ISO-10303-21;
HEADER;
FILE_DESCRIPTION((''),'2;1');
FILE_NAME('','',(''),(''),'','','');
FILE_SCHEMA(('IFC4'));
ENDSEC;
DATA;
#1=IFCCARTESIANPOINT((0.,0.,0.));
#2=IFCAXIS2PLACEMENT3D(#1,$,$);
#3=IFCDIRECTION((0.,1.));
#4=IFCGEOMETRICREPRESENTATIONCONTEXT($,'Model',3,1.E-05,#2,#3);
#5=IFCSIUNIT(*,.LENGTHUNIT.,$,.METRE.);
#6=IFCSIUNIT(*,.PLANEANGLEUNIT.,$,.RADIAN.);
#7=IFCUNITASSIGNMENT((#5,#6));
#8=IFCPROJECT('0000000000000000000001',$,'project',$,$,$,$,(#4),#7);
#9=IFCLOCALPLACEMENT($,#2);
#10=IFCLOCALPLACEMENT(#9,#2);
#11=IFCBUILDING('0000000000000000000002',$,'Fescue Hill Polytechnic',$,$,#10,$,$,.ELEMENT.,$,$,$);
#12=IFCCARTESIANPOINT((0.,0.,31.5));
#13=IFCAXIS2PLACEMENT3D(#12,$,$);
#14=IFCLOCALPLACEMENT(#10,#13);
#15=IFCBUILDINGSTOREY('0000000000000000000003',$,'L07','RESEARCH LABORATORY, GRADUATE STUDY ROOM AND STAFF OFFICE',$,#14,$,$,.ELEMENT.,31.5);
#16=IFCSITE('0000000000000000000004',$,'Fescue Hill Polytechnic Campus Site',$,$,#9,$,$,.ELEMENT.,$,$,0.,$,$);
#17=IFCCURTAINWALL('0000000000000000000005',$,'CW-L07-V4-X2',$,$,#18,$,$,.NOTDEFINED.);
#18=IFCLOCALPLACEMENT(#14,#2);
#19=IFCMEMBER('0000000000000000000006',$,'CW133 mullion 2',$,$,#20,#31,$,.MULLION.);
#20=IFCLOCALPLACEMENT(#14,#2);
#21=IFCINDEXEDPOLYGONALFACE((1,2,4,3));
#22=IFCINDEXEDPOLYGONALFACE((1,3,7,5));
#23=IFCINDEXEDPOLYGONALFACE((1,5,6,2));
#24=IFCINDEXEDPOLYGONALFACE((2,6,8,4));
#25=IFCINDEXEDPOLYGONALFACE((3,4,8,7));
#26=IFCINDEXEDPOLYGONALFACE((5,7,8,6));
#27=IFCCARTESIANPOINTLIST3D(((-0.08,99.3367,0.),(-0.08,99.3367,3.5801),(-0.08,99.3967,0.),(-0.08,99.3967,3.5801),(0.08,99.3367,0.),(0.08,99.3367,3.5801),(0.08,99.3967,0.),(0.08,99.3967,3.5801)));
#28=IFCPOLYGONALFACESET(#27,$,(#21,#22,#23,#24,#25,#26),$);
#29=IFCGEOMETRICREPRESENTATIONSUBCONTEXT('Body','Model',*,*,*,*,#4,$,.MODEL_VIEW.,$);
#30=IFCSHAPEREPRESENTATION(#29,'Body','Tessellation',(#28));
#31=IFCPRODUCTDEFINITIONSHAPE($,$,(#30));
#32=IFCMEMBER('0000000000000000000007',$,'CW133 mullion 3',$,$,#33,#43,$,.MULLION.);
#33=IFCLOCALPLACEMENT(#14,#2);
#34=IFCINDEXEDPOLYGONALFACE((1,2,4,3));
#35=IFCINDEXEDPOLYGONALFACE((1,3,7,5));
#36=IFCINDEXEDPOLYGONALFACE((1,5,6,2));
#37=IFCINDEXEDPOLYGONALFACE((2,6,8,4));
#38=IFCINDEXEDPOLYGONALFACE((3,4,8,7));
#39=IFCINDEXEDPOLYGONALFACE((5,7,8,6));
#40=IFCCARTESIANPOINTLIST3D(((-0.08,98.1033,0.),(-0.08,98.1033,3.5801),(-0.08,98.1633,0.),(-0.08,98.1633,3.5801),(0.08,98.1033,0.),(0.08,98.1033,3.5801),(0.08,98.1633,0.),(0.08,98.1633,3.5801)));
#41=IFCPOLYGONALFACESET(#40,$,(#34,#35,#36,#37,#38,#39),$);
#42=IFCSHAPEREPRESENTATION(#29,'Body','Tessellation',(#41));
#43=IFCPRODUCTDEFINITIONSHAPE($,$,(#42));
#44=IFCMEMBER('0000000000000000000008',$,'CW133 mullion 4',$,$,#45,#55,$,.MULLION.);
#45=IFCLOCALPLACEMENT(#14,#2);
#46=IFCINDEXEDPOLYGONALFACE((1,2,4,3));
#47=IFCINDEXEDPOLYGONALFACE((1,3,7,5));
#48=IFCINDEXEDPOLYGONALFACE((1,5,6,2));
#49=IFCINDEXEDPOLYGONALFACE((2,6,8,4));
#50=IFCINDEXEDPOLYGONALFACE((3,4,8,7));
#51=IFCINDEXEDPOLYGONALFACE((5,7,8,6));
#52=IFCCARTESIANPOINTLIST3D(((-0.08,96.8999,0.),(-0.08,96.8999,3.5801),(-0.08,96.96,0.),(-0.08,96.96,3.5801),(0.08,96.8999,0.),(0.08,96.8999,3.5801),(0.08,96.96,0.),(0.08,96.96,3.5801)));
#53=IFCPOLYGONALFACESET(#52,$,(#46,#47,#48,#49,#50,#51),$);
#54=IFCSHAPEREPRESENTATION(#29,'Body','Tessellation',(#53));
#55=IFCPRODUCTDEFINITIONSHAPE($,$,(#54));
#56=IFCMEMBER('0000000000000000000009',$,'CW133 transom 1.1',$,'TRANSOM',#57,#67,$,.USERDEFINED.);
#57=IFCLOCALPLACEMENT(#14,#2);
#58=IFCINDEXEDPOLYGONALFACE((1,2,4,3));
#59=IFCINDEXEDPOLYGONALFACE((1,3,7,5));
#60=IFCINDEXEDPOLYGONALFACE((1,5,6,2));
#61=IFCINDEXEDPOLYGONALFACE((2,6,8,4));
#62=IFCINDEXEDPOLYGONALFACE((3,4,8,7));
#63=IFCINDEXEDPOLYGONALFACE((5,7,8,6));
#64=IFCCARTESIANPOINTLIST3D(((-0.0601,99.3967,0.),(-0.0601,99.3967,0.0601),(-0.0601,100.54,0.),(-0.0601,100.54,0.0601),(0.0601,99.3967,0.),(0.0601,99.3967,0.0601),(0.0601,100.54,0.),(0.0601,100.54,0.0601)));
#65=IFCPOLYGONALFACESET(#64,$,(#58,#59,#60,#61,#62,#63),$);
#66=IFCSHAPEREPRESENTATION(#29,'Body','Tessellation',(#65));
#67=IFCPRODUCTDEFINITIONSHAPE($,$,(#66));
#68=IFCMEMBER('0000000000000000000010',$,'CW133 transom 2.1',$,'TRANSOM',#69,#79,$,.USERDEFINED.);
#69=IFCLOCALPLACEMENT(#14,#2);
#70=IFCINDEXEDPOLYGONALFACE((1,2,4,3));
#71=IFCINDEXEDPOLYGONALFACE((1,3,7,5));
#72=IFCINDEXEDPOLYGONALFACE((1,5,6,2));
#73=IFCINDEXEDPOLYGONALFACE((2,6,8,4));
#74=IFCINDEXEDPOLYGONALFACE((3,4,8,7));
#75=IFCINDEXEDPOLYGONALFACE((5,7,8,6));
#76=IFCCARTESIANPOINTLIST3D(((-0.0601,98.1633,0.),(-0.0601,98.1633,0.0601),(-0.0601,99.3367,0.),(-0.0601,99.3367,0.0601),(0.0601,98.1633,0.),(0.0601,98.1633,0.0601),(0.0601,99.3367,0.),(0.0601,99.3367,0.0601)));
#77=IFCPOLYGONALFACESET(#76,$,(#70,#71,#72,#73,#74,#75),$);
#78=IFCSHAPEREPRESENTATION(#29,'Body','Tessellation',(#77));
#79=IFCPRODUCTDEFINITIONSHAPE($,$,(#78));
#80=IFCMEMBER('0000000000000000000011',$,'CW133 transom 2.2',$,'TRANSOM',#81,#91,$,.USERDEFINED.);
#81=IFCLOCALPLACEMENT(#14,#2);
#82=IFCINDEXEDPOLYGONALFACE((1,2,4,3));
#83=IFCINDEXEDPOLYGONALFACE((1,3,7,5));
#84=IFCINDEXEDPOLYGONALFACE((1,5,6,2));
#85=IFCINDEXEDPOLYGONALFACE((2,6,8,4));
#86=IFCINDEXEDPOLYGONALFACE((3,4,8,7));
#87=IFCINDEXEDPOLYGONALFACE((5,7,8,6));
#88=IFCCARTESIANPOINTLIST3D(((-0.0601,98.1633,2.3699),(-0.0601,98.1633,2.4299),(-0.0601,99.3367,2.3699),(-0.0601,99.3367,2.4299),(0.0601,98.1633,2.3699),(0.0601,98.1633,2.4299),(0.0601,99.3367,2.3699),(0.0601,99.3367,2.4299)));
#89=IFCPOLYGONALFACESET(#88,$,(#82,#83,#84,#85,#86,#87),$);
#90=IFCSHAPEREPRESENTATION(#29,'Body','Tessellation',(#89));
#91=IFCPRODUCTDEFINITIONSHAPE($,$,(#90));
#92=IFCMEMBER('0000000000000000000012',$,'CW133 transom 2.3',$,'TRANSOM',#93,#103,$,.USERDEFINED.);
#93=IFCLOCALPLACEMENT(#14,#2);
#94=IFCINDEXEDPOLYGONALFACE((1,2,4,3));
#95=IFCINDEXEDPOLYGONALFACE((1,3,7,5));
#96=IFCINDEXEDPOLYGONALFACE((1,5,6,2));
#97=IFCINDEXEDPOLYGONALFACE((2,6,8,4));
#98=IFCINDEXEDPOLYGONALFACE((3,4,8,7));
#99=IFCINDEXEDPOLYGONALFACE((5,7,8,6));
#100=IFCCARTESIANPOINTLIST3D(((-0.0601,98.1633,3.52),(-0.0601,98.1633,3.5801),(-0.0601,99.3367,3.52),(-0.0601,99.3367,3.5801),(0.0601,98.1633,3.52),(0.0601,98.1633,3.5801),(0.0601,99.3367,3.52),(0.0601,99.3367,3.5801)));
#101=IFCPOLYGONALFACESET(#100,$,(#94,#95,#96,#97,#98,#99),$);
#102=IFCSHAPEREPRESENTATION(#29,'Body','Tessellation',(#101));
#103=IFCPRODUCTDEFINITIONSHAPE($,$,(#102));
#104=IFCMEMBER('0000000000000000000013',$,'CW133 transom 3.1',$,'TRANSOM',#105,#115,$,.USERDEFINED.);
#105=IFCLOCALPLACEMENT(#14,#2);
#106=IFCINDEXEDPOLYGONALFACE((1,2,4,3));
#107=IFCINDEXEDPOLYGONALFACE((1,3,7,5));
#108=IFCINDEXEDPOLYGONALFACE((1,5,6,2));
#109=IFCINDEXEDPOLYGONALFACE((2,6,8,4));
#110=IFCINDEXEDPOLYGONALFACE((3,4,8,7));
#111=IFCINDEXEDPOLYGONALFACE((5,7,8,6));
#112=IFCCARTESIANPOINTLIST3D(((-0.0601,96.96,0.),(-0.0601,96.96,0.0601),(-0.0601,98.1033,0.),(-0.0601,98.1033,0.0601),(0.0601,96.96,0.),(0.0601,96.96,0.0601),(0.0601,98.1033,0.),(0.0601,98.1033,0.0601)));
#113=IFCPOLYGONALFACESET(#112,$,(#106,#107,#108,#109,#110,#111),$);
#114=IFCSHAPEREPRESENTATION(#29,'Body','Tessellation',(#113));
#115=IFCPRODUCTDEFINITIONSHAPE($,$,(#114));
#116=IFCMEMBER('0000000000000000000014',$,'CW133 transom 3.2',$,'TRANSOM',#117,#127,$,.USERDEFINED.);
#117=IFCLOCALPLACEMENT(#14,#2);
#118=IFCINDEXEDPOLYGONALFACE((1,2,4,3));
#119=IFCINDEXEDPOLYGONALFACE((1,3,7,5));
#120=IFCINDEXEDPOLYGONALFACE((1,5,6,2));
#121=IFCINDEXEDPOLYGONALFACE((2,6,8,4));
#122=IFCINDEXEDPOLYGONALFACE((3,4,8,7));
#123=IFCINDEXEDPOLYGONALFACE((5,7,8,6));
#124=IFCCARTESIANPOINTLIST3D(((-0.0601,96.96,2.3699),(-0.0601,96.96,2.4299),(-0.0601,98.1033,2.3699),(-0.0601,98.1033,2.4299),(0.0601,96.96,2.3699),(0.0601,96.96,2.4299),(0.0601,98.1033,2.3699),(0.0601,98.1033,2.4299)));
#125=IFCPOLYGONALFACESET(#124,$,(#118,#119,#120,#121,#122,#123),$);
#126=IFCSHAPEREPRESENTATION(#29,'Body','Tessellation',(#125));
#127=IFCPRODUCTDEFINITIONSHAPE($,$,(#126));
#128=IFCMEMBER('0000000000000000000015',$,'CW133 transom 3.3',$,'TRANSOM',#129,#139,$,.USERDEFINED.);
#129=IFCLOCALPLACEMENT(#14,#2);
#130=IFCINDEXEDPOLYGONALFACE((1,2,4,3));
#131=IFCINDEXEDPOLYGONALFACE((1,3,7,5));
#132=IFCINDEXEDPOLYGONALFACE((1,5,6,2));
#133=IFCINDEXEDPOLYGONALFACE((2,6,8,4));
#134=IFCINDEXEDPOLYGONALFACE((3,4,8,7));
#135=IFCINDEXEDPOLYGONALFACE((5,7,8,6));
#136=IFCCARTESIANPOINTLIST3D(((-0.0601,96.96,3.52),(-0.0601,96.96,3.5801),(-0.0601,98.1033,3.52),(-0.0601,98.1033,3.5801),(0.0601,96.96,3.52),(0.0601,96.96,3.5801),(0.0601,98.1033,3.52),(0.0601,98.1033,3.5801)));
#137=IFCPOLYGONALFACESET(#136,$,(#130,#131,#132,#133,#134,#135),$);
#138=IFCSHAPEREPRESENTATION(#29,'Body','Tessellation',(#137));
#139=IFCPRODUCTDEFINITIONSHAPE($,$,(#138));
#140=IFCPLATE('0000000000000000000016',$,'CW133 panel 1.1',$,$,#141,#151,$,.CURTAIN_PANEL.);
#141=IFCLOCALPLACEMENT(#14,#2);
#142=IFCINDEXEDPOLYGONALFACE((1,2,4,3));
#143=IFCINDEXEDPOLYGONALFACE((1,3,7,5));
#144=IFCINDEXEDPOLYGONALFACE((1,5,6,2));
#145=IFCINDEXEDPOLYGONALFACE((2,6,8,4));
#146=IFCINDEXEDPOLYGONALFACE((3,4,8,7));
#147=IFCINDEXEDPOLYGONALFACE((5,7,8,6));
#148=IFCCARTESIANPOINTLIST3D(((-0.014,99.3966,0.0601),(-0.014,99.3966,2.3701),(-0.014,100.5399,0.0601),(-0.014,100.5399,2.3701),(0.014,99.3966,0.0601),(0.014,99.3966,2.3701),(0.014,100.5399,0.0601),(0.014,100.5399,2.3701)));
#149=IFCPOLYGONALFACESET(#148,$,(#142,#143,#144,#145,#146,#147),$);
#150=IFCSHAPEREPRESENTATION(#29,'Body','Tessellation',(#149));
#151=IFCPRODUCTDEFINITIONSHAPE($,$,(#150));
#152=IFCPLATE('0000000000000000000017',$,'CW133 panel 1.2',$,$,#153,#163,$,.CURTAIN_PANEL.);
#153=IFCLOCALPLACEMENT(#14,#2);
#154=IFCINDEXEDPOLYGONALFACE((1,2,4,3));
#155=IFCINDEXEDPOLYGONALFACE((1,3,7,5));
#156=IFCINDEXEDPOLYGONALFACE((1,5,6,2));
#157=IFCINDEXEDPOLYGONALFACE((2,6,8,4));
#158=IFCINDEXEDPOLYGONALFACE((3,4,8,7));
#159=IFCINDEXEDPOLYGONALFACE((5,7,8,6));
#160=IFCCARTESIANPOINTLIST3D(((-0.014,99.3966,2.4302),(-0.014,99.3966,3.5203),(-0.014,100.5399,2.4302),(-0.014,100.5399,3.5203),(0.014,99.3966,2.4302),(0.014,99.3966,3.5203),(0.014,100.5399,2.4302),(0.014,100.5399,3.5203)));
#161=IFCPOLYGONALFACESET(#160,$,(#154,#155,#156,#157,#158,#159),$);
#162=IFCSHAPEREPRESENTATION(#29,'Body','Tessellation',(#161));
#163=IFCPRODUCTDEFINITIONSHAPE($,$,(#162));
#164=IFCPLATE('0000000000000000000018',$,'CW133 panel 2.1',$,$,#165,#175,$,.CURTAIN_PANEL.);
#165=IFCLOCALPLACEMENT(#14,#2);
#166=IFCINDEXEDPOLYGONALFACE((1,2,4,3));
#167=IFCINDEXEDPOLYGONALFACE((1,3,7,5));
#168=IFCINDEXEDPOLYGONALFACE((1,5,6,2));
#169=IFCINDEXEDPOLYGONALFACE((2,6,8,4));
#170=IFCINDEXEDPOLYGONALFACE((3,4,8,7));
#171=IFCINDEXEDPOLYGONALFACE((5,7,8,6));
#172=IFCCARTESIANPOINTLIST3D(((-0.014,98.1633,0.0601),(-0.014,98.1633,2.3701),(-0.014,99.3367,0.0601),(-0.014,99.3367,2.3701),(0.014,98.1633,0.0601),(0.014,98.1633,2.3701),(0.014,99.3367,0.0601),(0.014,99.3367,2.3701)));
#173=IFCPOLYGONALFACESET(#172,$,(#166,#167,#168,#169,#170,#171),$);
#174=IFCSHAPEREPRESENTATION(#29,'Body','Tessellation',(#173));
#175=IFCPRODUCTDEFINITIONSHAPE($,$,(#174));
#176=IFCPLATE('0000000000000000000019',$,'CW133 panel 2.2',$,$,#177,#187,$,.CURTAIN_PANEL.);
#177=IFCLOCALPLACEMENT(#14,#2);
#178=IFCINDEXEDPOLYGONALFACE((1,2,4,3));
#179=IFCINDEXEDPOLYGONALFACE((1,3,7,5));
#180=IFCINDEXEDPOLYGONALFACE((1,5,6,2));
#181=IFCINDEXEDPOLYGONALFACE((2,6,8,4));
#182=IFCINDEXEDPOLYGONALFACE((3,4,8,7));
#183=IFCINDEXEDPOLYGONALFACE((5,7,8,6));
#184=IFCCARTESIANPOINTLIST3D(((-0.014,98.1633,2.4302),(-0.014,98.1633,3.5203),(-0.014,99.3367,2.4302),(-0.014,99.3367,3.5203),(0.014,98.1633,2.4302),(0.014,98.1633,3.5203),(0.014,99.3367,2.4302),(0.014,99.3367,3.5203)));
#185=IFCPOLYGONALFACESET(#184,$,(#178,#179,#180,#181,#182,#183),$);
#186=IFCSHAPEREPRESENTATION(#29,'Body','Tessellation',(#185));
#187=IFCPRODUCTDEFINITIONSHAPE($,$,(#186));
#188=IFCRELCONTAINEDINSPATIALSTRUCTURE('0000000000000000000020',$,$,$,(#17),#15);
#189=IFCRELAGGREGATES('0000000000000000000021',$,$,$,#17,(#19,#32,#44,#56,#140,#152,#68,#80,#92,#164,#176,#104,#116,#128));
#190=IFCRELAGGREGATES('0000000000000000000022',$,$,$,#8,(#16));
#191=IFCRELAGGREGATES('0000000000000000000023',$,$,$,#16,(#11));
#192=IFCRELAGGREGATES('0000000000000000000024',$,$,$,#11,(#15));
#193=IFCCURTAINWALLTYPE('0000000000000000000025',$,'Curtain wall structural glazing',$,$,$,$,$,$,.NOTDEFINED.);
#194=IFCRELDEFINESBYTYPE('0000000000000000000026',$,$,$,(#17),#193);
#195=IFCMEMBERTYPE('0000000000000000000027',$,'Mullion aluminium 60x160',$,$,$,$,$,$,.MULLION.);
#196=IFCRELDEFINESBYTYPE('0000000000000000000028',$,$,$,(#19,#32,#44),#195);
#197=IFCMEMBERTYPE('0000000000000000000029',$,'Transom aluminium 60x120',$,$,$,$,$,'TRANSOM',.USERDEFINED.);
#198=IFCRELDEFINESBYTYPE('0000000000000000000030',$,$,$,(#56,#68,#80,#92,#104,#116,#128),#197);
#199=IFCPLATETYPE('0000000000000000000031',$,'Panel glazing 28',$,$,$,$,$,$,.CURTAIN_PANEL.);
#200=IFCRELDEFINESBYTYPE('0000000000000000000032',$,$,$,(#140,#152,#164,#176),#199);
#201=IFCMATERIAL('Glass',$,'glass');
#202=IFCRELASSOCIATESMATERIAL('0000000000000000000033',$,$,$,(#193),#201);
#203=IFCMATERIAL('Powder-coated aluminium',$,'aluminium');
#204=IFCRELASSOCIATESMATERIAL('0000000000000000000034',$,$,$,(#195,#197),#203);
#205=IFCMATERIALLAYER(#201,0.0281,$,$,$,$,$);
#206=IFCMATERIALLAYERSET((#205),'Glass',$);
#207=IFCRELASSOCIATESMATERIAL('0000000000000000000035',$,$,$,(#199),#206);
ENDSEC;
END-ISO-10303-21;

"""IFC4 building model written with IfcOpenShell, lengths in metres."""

from ifc_helpers import new_model, si_unit, direction, frame, origin, origin_2d, place, context, subcontext, project, spatial, rectangle, extrude, material, layer, layer_set, material_profile, profile_set, type_object, element, aggregate, save


model = new_model("IFC4")

# Units and contexts
model_context = context("Model", 3, precision=1e-05, world=origin(), true_north=direction((0.0, 1.0)))
body_context = subcontext(model_context, "Body", "Model", "MODEL_VIEW")
ifc_project = project(units=[si_unit("LENGTHUNIT", "METRE"), si_unit("PLANEANGLEUNIT", "RADIAN")], contexts=[model_context])

# Site, building, storey
site_placement = place(None, origin())
site = spatial("IfcSite", under=ifc_project, at=site_placement, Name="Fescue Hill Polytechnic Campus Site", CompositionType="ELEMENT", RefElevation=0.0)
building_placement = place(site_placement, origin())
building = spatial("IfcBuilding", under=site, at=building_placement, Name="Fescue Hill Polytechnic", CompositionType="ELEMENT")
storey_placement = place(building_placement, frame((0.0, 0.0, 31.5)))
storey = spatial("IfcBuildingStorey", under=building, at=storey_placement, Name="L07", Description="RESEARCH LABORATORY, GRADUATE STUDY ROOM AND STAFF OFFICE", CompositionType="ELEMENT", Elevation=31.5)

# Curtain wall, members, plates
ifc_material_1 = material(Name="Glass", Category="glass")
curtain_wall_type = type_object("IfcCurtainWallType", Name="Curtain wall structural glazing", PredefinedType="NOTDEFINED", material=ifc_material_1)
curtain_wall_placement = place(storey_placement, origin())
curtain_wall = element("IfcCurtainWall", 1, at=curtain_wall_placement, inside=storey, type_object=curtain_wall_type, Name="CW-L07-V4-X2", PredefinedType="NOTDEFINED")
ifc_material_2 = material(Name="Powder-coated aluminium", Category="aluminium")
ifc_material_profile_1 = material_profile(ifc_material_2, rectangle(XDim=0.1599, YDim=0.0601, at=origin_2d()), Name="Mullion aluminium 60x160")
ifc_profile_set_1 = profile_set([ifc_material_profile_1], Name="Powder-coated aluminium")
member_type_1 = type_object("IfcMemberType", Name="Mullion aluminium 60x160", PredefinedType="MULLION", material=ifc_profile_set_1)
member_1_placement = place(storey_placement, frame((0.0, 99.3667, 0.0), z_axis=(0.0, 0.0, 1.0), x_axis=(1.0, 0.0, 0.0)))
member_1 = element("IfcMember", 2, at=member_1_placement, type_object=member_type_1, Name="CW133 mullion 2", PredefinedType="MULLION", context=body_context, shape_type="SweptSolid", body=[
    extrude(rectangle(XDim=0.1599, YDim=0.0601, at=origin_2d()), origin(), (0.0, 0.0, 1.0), 3.5801),
])
member_2_placement = place(storey_placement, frame((0.0, 98.1333, 0.0), z_axis=(0.0, 0.0, 1.0), x_axis=(1.0, 0.0, 0.0)))
member_2 = element("IfcMember", 3, at=member_2_placement, type_object=member_type_1, Name="CW133 mullion 3", PredefinedType="MULLION", context=body_context, shape_type="SweptSolid", body=[
    extrude(rectangle(XDim=0.1599, YDim=0.0601, at=origin_2d()), origin(), (0.0, 0.0, 1.0), 3.5801),
])
member_3_placement = place(storey_placement, frame((0.0, 96.9299, 0.0), z_axis=(0.0, 0.0, 1.0), x_axis=(1.0, 0.0, 0.0)))
member_3 = element("IfcMember", 4, at=member_3_placement, type_object=member_type_1, Name="CW133 mullion 4", PredefinedType="MULLION", context=body_context, shape_type="SweptSolid", body=[
    extrude(rectangle(XDim=0.1599, YDim=0.0601, at=origin_2d()), origin(), (0.0, 0.0, 1.0), 3.5801),
])
ifc_material_profile_2 = material_profile(ifc_material_2, rectangle(XDim=0.1201, YDim=0.0601, at=origin_2d()), Name="Transom aluminium 60x120")
ifc_profile_set_2 = profile_set([ifc_material_profile_2], Name="Powder-coated aluminium")
member_type_2 = type_object("IfcMemberType", Name="Transom aluminium 60x120", ElementType="TRANSOM", PredefinedType="USERDEFINED", material=ifc_profile_set_2)
member_4_placement = place(storey_placement, frame((0.0, 100.54, 0.03), z_axis=(0.0, -1.0, 0.0), x_axis=(1.0, 0.0, 0.0)))
member_4 = element("IfcMember", 5, at=member_4_placement, type_object=member_type_2, Name="CW133 transom 1.1", ObjectType="TRANSOM", PredefinedType="USERDEFINED", context=body_context, shape_type="SweptSolid", body=[
    extrude(rectangle(XDim=0.1201, YDim=0.0601, at=origin_2d()), origin(), (0.0, 0.0, 1.0), 1.1433),
])
member_5_placement = place(storey_placement, frame((0.0, 99.3367, 0.03), z_axis=(0.0, -1.0, 0.0), x_axis=(1.0, 0.0, 0.0)))
member_5 = element("IfcMember", 6, at=member_5_placement, type_object=member_type_2, Name="CW133 transom 2.1", ObjectType="TRANSOM", PredefinedType="USERDEFINED", context=body_context, shape_type="SweptSolid", body=[
    extrude(rectangle(XDim=0.1201, YDim=0.0601, at=origin_2d()), origin(), (0.0, 0.0, 1.0), 1.1733),
])
member_6_placement = place(storey_placement, frame((0.0, 99.3367, 2.3999), z_axis=(0.0, -1.0, 0.0), x_axis=(1.0, 0.0, 0.0)))
member_6 = element("IfcMember", 7, at=member_6_placement, type_object=member_type_2, Name="CW133 transom 2.2", ObjectType="TRANSOM", PredefinedType="USERDEFINED", context=body_context, shape_type="SweptSolid", body=[
    extrude(rectangle(XDim=0.1201, YDim=0.0601, at=origin_2d()), origin(), (0.0, 0.0, 1.0), 1.1733),
])
member_7_placement = place(storey_placement, frame((0.0, 99.3367, 3.55), z_axis=(0.0, -1.0, 0.0), x_axis=(1.0, 0.0, 0.0)))
member_7 = element("IfcMember", 8, at=member_7_placement, type_object=member_type_2, Name="CW133 transom 2.3", ObjectType="TRANSOM", PredefinedType="USERDEFINED", context=body_context, shape_type="SweptSolid", body=[
    extrude(rectangle(XDim=0.1201, YDim=0.0601, at=origin_2d()), origin(), (0.0, 0.0, 1.0), 1.1733),
])
member_8_placement = place(storey_placement, frame((0.0, 98.1033, 0.03), z_axis=(0.0, -1.0, 0.0), x_axis=(1.0, 0.0, 0.0)))
member_8 = element("IfcMember", 9, at=member_8_placement, type_object=member_type_2, Name="CW133 transom 3.1", ObjectType="TRANSOM", PredefinedType="USERDEFINED", context=body_context, shape_type="SweptSolid", body=[
    extrude(rectangle(XDim=0.1201, YDim=0.0601, at=origin_2d()), origin(), (0.0, 0.0, 1.0), 1.1433),
])
member_9_placement = place(storey_placement, frame((0.0, 98.1033, 2.3999), z_axis=(0.0, -1.0, 0.0), x_axis=(1.0, 0.0, 0.0)))
member_9 = element("IfcMember", 10, at=member_9_placement, type_object=member_type_2, Name="CW133 transom 3.2", ObjectType="TRANSOM", PredefinedType="USERDEFINED", context=body_context, shape_type="SweptSolid", body=[
    extrude(rectangle(XDim=0.1201, YDim=0.0601, at=origin_2d()), origin(), (0.0, 0.0, 1.0), 1.1433),
])
member_10_placement = place(storey_placement, frame((0.0, 98.1033, 3.55), z_axis=(0.0, -1.0, 0.0), x_axis=(1.0, 0.0, 0.0)))
member_10 = element("IfcMember", 11, at=member_10_placement, type_object=member_type_2, Name="CW133 transom 3.3", ObjectType="TRANSOM", PredefinedType="USERDEFINED", context=body_context, shape_type="SweptSolid", body=[
    extrude(rectangle(XDim=0.1201, YDim=0.0601, at=origin_2d()), origin(), (0.0, 0.0, 1.0), 1.1433),
])
ifc_layer_1 = layer(ifc_material_1, 0.0281)
ifc_layer_set_1 = layer_set([ifc_layer_1], Name="Glass")
plate_type = type_object("IfcPlateType", Name="Panel glazing 28", PredefinedType="CURTAIN_PANEL", material=ifc_layer_set_1)
plate_1_placement = place(storey_placement, frame((0.0, 99.9683, 0.0601), z_axis=(0.0, 0.0, 1.0), x_axis=(0.0, -1.0, 0.0)))
plate_1 = element("IfcPlate", 12, at=plate_1_placement, type_object=plate_type, Name="CW133 panel 1.1", PredefinedType="CURTAIN_PANEL", context=body_context, shape_type="SweptSolid", body=[
    extrude(rectangle(XDim=1.1433, YDim=0.0281, at=origin_2d()), origin(), (0.0, 0.0, 1.0), 2.3101),
])
plate_2_placement = place(storey_placement, frame((0.0, 99.9683, 2.4302), z_axis=(0.0, 0.0, 1.0), x_axis=(0.0, -1.0, 0.0)))
plate_2 = element("IfcPlate", 13, at=plate_2_placement, type_object=plate_type, Name="CW133 panel 1.2", PredefinedType="CURTAIN_PANEL", context=body_context, shape_type="SweptSolid", body=[
    extrude(rectangle(XDim=1.1433, YDim=0.0281, at=origin_2d()), origin(), (0.0, 0.0, 1.0), 1.0901),
])
plate_3_placement = place(storey_placement, frame((0.0, 98.75, 0.0601), z_axis=(0.0, 0.0, 1.0), x_axis=(0.0, -1.0, 0.0)))
plate_3 = element("IfcPlate", 14, at=plate_3_placement, type_object=plate_type, Name="CW133 panel 2.1", PredefinedType="CURTAIN_PANEL", context=body_context, shape_type="SweptSolid", body=[
    extrude(rectangle(XDim=1.1733, YDim=0.0281, at=origin_2d()), origin(), (0.0, 0.0, 1.0), 2.3101),
])
plate_4_placement = place(storey_placement, frame((0.0, 98.75, 2.4302), z_axis=(0.0, 0.0, 1.0), x_axis=(0.0, -1.0, 0.0)))
plate_4 = element("IfcPlate", 15, at=plate_4_placement, type_object=plate_type, Name="CW133 panel 2.2", PredefinedType="CURTAIN_PANEL", context=body_context, shape_type="SweptSolid", body=[
    extrude(rectangle(XDim=1.1733, YDim=0.0281, at=origin_2d()), origin(), (0.0, 0.0, 1.0), 1.0901),
])
aggregate(curtain_wall, [member_1, member_2, member_3, member_4, plate_1, plate_2, member_5, member_6, member_7, plate_3, plate_4, member_8, member_9, member_10])

save(model, "model.ifc")
